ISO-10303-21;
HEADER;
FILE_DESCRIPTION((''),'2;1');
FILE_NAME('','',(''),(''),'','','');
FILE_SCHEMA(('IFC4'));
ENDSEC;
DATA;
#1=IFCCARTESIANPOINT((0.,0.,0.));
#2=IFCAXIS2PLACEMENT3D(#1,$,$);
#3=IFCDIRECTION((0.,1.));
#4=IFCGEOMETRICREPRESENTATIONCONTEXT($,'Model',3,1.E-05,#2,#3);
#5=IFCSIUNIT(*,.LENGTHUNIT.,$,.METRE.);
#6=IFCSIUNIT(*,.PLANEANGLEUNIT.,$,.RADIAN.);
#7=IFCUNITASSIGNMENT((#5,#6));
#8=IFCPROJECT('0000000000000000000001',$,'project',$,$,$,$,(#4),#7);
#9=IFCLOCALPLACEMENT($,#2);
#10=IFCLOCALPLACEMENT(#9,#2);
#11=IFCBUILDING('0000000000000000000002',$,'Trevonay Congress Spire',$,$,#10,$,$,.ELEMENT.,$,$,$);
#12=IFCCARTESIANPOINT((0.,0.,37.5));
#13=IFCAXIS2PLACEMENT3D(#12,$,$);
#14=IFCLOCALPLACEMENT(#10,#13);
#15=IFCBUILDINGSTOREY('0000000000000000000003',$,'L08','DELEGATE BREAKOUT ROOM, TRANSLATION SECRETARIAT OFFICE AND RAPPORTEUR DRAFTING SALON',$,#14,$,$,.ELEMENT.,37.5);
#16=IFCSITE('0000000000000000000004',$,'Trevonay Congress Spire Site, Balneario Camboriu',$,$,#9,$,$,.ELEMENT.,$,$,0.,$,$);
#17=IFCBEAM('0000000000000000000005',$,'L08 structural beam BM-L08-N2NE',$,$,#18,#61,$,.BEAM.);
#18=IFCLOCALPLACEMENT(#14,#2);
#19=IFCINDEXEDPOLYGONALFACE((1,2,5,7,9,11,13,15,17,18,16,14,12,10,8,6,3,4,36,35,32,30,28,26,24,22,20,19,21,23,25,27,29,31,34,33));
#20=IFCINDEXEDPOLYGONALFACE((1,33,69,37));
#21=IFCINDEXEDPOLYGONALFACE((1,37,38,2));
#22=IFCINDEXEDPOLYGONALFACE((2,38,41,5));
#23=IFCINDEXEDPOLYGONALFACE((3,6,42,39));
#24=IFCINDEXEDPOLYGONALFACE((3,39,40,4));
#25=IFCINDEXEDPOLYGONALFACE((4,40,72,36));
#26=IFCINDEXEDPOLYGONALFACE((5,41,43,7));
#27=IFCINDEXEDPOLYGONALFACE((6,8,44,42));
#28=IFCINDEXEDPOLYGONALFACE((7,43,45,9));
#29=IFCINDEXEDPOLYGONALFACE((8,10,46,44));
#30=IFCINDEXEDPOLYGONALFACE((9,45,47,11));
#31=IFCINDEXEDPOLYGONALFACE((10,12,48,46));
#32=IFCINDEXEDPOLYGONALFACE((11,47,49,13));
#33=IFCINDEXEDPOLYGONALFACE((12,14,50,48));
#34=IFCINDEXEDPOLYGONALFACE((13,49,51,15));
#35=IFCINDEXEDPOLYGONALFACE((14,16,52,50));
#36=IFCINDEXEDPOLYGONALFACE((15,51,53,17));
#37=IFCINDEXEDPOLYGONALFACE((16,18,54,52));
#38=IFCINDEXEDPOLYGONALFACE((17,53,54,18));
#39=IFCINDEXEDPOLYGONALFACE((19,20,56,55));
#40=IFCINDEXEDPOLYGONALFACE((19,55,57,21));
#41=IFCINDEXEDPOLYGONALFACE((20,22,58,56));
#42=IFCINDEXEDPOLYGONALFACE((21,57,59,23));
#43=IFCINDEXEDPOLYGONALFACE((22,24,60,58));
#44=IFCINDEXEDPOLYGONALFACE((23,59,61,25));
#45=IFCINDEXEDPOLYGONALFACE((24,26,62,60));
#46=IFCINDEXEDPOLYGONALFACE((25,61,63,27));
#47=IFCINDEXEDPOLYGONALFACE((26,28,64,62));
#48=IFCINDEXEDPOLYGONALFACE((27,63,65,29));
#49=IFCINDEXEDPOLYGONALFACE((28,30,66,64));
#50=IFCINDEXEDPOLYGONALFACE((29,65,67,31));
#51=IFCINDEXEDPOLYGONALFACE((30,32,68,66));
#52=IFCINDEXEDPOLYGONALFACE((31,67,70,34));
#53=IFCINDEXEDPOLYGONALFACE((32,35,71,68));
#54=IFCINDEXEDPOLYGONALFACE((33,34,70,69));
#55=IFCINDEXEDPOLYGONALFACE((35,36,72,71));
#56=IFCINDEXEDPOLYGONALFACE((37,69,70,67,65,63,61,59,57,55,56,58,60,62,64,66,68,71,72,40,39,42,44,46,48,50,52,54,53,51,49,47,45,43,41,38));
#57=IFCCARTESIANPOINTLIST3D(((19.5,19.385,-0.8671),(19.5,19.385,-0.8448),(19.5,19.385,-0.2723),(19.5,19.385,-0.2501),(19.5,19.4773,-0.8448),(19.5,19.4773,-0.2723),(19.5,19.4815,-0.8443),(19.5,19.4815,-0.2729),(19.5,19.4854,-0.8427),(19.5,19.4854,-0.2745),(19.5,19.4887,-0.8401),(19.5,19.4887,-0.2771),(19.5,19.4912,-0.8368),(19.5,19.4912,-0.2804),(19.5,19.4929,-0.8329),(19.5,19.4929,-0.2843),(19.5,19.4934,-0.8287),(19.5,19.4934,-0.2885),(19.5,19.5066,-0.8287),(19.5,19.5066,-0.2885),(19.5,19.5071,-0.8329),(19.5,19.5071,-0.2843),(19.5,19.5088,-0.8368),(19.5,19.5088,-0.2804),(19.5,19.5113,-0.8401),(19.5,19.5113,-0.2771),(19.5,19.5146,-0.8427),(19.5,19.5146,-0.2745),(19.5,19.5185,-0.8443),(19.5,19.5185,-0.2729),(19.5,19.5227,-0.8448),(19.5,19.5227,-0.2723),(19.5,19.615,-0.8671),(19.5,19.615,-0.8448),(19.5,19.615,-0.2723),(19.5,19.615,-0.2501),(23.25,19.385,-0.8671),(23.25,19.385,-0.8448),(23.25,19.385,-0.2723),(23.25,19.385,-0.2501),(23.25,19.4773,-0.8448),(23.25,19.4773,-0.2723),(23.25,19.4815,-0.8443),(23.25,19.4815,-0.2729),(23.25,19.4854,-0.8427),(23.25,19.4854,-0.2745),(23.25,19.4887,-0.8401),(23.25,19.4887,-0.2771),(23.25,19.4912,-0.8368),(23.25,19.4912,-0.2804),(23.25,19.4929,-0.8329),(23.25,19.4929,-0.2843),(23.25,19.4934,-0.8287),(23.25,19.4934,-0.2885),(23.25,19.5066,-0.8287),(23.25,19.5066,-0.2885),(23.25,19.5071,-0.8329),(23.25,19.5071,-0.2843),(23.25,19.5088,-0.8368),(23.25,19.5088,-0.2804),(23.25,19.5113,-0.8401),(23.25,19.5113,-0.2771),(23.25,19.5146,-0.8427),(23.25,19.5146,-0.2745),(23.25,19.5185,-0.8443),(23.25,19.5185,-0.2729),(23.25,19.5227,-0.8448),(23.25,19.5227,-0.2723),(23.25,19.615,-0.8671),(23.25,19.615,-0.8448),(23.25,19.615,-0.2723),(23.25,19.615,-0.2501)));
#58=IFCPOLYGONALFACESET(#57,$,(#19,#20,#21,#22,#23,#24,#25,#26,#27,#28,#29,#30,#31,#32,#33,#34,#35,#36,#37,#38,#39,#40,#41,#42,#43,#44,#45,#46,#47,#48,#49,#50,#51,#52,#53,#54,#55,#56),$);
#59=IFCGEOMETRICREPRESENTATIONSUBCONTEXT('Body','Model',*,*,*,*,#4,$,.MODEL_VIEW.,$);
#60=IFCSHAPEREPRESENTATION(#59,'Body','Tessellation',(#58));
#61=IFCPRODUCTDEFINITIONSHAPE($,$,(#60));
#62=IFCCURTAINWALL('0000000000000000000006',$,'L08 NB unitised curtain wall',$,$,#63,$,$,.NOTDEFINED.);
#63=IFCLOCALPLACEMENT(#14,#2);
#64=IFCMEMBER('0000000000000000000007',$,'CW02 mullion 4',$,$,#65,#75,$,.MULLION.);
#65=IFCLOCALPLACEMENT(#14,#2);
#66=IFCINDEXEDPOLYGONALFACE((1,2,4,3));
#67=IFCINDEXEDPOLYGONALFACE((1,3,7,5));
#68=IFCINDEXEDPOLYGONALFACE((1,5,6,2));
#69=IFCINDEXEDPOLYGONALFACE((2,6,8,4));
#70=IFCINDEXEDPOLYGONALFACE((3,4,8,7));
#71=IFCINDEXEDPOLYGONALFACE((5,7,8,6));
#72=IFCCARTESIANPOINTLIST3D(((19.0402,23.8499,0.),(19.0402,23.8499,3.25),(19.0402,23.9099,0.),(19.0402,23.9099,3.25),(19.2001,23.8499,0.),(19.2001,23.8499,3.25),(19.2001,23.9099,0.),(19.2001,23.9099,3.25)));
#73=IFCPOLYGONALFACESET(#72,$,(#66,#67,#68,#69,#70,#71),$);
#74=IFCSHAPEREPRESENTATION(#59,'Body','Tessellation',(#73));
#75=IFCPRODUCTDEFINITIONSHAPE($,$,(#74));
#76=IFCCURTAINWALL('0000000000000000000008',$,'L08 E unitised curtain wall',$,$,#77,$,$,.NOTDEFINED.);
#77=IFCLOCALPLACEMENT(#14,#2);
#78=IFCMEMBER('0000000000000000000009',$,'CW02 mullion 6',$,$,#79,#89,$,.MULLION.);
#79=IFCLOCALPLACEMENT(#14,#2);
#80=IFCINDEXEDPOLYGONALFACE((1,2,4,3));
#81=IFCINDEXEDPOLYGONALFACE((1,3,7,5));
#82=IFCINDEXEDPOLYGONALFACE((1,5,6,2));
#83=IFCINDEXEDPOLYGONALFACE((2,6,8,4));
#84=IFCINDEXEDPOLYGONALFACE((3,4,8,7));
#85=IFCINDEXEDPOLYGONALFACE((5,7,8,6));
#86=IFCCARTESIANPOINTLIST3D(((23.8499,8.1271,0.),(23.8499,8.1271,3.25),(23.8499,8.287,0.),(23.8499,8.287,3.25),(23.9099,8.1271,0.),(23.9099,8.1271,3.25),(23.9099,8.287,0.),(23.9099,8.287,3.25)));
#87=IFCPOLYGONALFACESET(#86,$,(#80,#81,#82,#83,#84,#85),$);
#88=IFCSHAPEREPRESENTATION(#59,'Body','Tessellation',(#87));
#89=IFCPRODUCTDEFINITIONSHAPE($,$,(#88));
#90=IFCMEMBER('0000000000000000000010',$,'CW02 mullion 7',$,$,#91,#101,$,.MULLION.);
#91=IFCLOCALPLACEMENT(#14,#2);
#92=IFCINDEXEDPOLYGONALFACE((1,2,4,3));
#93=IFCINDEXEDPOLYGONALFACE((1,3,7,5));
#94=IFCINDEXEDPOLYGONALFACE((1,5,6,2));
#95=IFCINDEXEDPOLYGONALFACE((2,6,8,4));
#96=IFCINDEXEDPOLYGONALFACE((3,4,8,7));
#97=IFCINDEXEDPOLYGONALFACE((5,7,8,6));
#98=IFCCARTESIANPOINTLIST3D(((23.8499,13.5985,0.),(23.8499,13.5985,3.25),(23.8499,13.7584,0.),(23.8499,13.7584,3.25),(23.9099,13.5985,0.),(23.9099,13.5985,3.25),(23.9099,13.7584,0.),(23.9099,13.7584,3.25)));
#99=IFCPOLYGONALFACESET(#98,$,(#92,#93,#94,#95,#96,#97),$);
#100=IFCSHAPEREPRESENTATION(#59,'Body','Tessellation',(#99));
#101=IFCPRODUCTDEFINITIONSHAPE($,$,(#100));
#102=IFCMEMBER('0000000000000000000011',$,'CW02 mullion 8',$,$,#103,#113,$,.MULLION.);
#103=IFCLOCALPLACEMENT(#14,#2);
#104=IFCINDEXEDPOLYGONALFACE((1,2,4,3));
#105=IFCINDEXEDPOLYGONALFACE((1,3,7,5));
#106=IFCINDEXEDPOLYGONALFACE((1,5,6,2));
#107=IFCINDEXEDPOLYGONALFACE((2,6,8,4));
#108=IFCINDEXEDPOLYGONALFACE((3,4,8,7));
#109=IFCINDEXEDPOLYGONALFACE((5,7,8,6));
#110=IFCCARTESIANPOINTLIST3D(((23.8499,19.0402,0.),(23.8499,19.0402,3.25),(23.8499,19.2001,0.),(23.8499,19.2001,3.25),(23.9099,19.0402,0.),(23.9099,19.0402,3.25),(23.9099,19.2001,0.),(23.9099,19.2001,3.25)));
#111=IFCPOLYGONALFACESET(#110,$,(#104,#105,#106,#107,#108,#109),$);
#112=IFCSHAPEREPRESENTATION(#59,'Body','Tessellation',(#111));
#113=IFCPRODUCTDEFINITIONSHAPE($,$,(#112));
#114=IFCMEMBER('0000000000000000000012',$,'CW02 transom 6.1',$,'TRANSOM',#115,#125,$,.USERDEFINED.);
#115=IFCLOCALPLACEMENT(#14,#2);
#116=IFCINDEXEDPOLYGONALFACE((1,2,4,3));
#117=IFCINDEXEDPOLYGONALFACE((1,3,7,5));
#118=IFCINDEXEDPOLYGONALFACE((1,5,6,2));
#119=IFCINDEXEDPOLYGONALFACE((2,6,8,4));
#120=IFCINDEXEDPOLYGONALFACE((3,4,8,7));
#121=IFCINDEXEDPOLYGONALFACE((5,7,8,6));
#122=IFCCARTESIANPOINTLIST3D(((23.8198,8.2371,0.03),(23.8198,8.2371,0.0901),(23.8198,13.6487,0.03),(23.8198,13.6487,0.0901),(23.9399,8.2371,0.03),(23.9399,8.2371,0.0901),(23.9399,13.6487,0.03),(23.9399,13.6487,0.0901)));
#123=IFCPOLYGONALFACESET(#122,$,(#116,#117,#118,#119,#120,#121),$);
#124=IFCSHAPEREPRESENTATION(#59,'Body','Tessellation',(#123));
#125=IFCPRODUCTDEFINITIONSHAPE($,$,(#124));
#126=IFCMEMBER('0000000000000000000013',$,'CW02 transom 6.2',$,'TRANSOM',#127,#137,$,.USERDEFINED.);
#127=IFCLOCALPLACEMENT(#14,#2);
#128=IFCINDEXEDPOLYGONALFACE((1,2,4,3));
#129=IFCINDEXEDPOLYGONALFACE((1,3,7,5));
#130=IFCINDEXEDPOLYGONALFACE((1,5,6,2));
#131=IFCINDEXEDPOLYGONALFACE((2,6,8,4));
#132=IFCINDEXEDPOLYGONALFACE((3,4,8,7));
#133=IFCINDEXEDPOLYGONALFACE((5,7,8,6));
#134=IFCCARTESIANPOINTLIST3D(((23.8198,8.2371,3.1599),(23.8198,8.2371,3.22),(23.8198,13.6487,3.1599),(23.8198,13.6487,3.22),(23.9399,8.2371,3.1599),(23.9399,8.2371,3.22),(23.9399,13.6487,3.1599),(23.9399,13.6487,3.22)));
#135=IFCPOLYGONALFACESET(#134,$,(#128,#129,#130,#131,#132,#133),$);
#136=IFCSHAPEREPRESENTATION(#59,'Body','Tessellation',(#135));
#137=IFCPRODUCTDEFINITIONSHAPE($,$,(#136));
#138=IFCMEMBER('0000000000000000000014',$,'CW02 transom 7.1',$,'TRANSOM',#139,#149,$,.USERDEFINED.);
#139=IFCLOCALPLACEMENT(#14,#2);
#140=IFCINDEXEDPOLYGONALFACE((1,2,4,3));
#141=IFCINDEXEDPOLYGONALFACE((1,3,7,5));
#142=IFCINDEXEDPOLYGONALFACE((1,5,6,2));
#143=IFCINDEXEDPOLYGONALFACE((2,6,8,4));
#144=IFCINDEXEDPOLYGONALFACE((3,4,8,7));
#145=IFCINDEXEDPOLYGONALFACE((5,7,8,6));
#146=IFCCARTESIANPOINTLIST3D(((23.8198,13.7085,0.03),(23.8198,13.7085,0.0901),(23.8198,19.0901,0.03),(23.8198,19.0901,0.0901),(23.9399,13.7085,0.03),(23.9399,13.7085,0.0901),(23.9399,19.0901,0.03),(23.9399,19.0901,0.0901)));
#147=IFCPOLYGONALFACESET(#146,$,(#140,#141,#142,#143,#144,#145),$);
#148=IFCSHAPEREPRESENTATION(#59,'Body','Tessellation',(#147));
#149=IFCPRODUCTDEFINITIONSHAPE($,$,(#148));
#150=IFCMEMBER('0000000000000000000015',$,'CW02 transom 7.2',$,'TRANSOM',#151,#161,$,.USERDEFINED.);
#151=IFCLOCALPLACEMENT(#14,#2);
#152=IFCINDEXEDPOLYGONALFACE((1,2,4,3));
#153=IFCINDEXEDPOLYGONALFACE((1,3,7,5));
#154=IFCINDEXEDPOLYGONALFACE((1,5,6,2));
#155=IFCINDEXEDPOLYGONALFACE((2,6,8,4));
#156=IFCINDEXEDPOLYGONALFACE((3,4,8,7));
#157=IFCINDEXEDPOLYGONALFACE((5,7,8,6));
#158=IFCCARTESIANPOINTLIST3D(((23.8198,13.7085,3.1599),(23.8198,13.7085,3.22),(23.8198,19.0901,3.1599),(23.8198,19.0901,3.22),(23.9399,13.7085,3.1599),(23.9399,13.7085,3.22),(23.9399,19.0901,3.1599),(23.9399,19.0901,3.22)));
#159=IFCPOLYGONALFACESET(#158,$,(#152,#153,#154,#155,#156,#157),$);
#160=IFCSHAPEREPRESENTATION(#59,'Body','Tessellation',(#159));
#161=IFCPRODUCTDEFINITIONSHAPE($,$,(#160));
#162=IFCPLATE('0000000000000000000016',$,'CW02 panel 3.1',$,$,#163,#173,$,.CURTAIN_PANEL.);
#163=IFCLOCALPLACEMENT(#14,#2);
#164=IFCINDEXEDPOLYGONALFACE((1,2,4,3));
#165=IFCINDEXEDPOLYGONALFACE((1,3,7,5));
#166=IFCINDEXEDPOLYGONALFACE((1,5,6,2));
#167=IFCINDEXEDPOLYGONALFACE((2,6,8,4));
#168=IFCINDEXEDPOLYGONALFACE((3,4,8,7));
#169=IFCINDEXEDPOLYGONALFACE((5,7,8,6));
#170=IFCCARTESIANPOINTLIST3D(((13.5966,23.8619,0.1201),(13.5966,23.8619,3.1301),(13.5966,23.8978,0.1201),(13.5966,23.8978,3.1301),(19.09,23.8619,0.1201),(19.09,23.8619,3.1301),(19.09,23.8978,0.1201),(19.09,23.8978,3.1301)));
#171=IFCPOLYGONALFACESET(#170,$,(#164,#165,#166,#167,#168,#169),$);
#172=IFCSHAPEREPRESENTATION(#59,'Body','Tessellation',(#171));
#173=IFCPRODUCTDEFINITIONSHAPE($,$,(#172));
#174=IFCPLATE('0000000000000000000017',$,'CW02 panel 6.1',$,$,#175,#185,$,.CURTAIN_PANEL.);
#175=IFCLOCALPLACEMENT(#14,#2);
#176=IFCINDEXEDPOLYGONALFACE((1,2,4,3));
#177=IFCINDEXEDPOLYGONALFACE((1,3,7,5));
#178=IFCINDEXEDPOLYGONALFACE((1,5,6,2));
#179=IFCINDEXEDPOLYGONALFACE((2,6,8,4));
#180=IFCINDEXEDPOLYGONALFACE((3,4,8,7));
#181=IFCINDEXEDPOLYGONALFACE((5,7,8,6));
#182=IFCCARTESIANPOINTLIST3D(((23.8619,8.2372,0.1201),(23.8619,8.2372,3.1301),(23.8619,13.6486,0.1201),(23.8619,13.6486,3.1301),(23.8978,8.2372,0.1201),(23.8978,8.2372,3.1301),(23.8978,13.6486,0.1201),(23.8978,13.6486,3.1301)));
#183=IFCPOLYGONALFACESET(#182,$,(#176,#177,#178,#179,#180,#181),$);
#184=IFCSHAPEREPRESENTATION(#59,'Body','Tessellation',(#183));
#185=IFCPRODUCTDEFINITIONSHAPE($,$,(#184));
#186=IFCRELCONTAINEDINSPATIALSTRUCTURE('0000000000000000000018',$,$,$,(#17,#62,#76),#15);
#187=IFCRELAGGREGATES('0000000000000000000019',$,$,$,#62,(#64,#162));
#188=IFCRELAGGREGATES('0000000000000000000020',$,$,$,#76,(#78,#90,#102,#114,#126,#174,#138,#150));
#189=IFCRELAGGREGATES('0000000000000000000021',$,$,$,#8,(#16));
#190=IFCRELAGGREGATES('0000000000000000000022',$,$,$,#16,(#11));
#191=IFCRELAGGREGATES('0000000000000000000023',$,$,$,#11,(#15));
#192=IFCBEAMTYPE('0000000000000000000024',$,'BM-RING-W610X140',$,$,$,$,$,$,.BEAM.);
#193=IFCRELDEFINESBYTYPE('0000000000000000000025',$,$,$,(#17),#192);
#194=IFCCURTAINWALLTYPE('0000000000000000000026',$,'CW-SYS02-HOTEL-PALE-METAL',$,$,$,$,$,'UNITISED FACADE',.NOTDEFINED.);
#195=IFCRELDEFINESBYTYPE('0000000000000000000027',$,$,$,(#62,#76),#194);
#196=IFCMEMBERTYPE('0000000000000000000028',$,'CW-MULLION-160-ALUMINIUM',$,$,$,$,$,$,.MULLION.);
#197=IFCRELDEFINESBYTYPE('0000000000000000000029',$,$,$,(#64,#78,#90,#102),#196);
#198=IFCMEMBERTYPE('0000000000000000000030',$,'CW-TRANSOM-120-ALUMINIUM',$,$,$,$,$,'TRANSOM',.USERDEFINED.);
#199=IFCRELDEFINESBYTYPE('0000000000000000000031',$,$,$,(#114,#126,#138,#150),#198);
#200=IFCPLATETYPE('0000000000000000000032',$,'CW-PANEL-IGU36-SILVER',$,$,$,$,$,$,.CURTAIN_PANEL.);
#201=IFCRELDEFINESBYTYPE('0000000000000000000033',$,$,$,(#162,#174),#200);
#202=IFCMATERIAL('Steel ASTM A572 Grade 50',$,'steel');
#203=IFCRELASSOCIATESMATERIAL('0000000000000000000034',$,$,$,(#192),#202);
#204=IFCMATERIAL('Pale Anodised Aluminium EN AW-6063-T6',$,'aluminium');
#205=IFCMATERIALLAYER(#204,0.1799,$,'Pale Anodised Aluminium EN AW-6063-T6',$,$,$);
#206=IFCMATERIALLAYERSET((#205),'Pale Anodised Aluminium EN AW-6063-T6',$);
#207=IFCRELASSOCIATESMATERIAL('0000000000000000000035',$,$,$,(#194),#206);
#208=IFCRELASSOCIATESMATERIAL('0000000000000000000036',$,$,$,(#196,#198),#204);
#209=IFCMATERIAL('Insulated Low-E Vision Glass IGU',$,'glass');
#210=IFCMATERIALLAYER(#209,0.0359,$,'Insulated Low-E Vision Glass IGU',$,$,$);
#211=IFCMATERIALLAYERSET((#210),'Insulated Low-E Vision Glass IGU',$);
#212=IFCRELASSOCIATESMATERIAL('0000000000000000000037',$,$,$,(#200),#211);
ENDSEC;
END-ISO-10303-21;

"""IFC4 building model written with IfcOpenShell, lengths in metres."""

from ifc_helpers import new_model, si_unit, direction, frame, origin, origin_2d, place, context, subcontext, project, spatial, rectangle, i_section, extrude, material, layer, layer_set, material_profile, profile_set, type_object, element, aggregate, save


model = new_model("IFC4")

# Units and contexts
model_context = context("Model", 3, precision=1e-05, world=origin(), true_north=direction((0.0, 1.0)))
body_context = subcontext(model_context, "Body", "Model", "MODEL_VIEW")
ifc_project = project(units=[si_unit("LENGTHUNIT", "METRE"), si_unit("PLANEANGLEUNIT", "RADIAN")], contexts=[model_context])

# Site, building, storey
site_placement = place(None, origin())
site = spatial("IfcSite", under=ifc_project, at=site_placement, Name="Trevonay Congress Spire Site, Balneario Camboriu", CompositionType="ELEMENT", RefElevation=0.0)
building_placement = place(site_placement, origin())
building = spatial("IfcBuilding", under=site, at=building_placement, Name="Trevonay Congress Spire", CompositionType="ELEMENT")
storey_placement = place(building_placement, frame((0.0, 0.0, 37.5)))
storey = spatial("IfcBuildingStorey", under=building, at=storey_placement, Name="L08", Description="DELEGATE BREAKOUT ROOM, TRANSLATION SECRETARIAT OFFICE AND RAPPORTEUR DRAFTING SALON", CompositionType="ELEMENT", Elevation=37.5)

# Shared definitions
ifc_material_1 = material(Name="Steel ASTM A572 Grade 50", Category="steel")

# Beam
ifc_material_profile_1 = material_profile(ifc_material_1, i_section(OverallWidth=0.23, OverallDepth=0.6169, WebThickness=0.0132, FlangeThickness=0.0222, FilletRadius=0.0161, at=origin_2d()), Name="W610x140")
ifc_profile_set_1 = profile_set([ifc_material_profile_1], Name="Steel ASTM A572 Grade 50")
beam_type = type_object("IfcBeamType", Name="BM-RING-W610X140", PredefinedType="BEAM", material=ifc_profile_set_1)
for number, where, z_axis, x_axis, name in (
    (1, (23.25, 19.5, -0.5586), (-1.0, 0.0, 0.0), (0.0, -1.0, 0.0), "L08 structural beam BM-L08-N2NE"),
):
    element("IfcBeam", number, at=place(storey_placement, frame(where, z_axis=z_axis, x_axis=x_axis)), inside=storey, type_object=beam_type, Name=name, PredefinedType="BEAM", context=body_context, shape_type="SweptSolid", body=[
        extrude(i_section(OverallWidth=0.23, OverallDepth=0.6169, WebThickness=0.0132, FlangeThickness=0.0222, FilletRadius=0.0161, at=origin_2d()), origin(), (0.0, 0.0, 1.0), 3.75),
    ])

# Curtain wall, member
ifc_material_2 = material(Name="Pale Anodised Aluminium EN AW-6063-T6", Category="aluminium")
ifc_layer_1 = layer(ifc_material_2, 0.1799, Name="Pale Anodised Aluminium EN AW-6063-T6")
ifc_layer_set_1 = layer_set([ifc_layer_1], Name="Pale Anodised Aluminium EN AW-6063-T6")
curtain_wall_type = type_object("IfcCurtainWallType", Name="CW-SYS02-HOTEL-PALE-METAL", ElementType="UNITISED FACADE", PredefinedType="NOTDEFINED", material=ifc_layer_set_1)
curtain_wall_1_placement = place(storey_placement, origin())
curtain_wall_1 = element("IfcCurtainWall", 2, at=curtain_wall_1_placement, inside=storey, type_object=curtain_wall_type, Name="L08 NB unitised curtain wall", PredefinedType="NOTDEFINED")
ifc_material_profile_2 = material_profile(ifc_material_2, rectangle(XDim=0.0601, YDim=0.1599, at=origin_2d()), Name="CW-MULLION-160-ALUMINIUM")
ifc_profile_set_2 = profile_set([ifc_material_profile_2], Name="Pale Anodised Aluminium EN AW-6063-T6")
member_type_1 = type_object("IfcMemberType", Name="CW-MULLION-160-ALUMINIUM", PredefinedType="MULLION", material=ifc_profile_set_2)
member_1_placement = place(storey_placement, frame((19.1201, 23.8799, 0.0), z_axis=(0.0, 0.0, 1.0), x_axis=(0.0, 1.0, 0.0)))
member_1 = element("IfcMember", 3, at=member_1_placement, type_object=member_type_1, Name="CW02 mullion 4", PredefinedType="MULLION", context=body_context, shape_type="SweptSolid", body=[
    extrude(rectangle(XDim=0.0601, YDim=0.1599, at=origin_2d()), origin(), (0.0, 0.0, 1.0), 3.25),
])

# Curtain wall, members
curtain_wall_2_placement = place(storey_placement, origin())
curtain_wall_2 = element("IfcCurtainWall", 4, at=curtain_wall_2_placement, inside=storey, type_object=curtain_wall_type, Name="L08 E unitised curtain wall", PredefinedType="NOTDEFINED")
member_2_placement = place(storey_placement, frame((23.8799, 8.207, 0.0), z_axis=(0.0, 0.0, 1.0), x_axis=(-1.0, 0.0, 0.0)))
member_2 = element("IfcMember", 5, at=member_2_placement, type_object=member_type_1, Name="CW02 mullion 6", PredefinedType="MULLION", context=body_context, shape_type="SweptSolid", body=[
    extrude(rectangle(XDim=0.0601, YDim=0.1599, at=origin_2d()), origin(), (0.0, 0.0, 1.0), 3.25),
])
member_3_placement = place(storey_placement, frame((23.8799, 13.6785, 0.0), z_axis=(0.0, 0.0, 1.0), x_axis=(-1.0, 0.0, 0.0)))
member_3 = element("IfcMember", 6, at=member_3_placement, type_object=member_type_1, Name="CW02 mullion 7", PredefinedType="MULLION", context=body_context, shape_type="SweptSolid", body=[
    extrude(rectangle(XDim=0.0601, YDim=0.1599, at=origin_2d()), origin(), (0.0, 0.0, 1.0), 3.25),
])
member_4_placement = place(storey_placement, frame((23.8799, 19.1201, 0.0), z_axis=(0.0, 0.0, 1.0), x_axis=(-1.0, 0.0, 0.0)))
member_4 = element("IfcMember", 7, at=member_4_placement, type_object=member_type_1, Name="CW02 mullion 8", PredefinedType="MULLION", context=body_context, shape_type="SweptSolid", body=[
    extrude(rectangle(XDim=0.0601, YDim=0.1599, at=origin_2d()), origin(), (0.0, 0.0, 1.0), 3.25),
])
ifc_material_profile_3 = material_profile(ifc_material_2, rectangle(XDim=0.1201, YDim=0.0601, at=origin_2d()), Name="CW-TRANSOM-120-ALUMINIUM")
ifc_profile_set_3 = profile_set([ifc_material_profile_3], Name="Pale Anodised Aluminium EN AW-6063-T6")
member_type_2 = type_object("IfcMemberType", Name="CW-TRANSOM-120-ALUMINIUM", ElementType="TRANSOM", PredefinedType="USERDEFINED", material=ifc_profile_set_3)
member_5_placement = place(storey_placement, frame((23.8799, 8.2371, 0.0601), z_axis=(0.0, 1.0, 0.0), x_axis=(-1.0, 0.0, 0.0)))
member_5 = element("IfcMember", 8, at=member_5_placement, type_object=member_type_2, Name="CW02 transom 6.1", ObjectType="TRANSOM", PredefinedType="USERDEFINED", context=body_context, shape_type="SweptSolid", body=[
    extrude(rectangle(XDim=0.1201, YDim=0.0601, at=origin_2d()), origin(), (0.0, 0.0, 1.0), 5.4116),
])
member_6_placement = place(storey_placement, frame((23.8799, 8.2371, 3.1899), z_axis=(0.0, 1.0, 0.0), x_axis=(-1.0, 0.0, 0.0)))
member_6 = element("IfcMember", 9, at=member_6_placement, type_object=member_type_2, Name="CW02 transom 6.2", ObjectType="TRANSOM", PredefinedType="USERDEFINED", context=body_context, shape_type="SweptSolid", body=[
    extrude(rectangle(XDim=0.1201, YDim=0.0601, at=origin_2d()), origin(), (0.0, 0.0, 1.0), 5.4116),
])
member_7_placement = place(storey_placement, frame((23.8799, 13.7085, 0.0601), z_axis=(0.0, 1.0, 0.0), x_axis=(-1.0, 0.0, 0.0)))
member_7 = element("IfcMember", 10, at=member_7_placement, type_object=member_type_2, Name="CW02 transom 7.1", ObjectType="TRANSOM", PredefinedType="USERDEFINED", context=body_context, shape_type="SweptSolid", body=[
    extrude(rectangle(XDim=0.1201, YDim=0.0601, at=origin_2d()), origin(), (0.0, 0.0, 1.0), 5.3816),
])
member_8_placement = place(storey_placement, frame((23.8799, 13.7085, 3.1899), z_axis=(0.0, 1.0, 0.0), x_axis=(-1.0, 0.0, 0.0)))
member_8 = element("IfcMember", 11, at=member_8_placement, type_object=member_type_2, Name="CW02 transom 7.2", ObjectType="TRANSOM", PredefinedType="USERDEFINED", context=body_context, shape_type="SweptSolid", body=[
    extrude(rectangle(XDim=0.1201, YDim=0.0601, at=origin_2d()), origin(), (0.0, 0.0, 1.0), 5.3816),
])

# Plates
ifc_material_3 = material(Name="Insulated Low-E Vision Glass IGU", Category="glass")
ifc_layer_2 = layer(ifc_material_3, 0.0359, Name="Insulated Low-E Vision Glass IGU")
ifc_layer_set_2 = layer_set([ifc_layer_2], Name="Insulated Low-E Vision Glass IGU")
plate_type = type_object("IfcPlateType", Name="CW-PANEL-IGU36-SILVER", PredefinedType="CURTAIN_PANEL", material=ifc_layer_set_2)
plate_1_placement = place(storey_placement, frame((16.3433, 23.8799, 0.1201), z_axis=(0.0, 0.0, 1.0), x_axis=(1.0, 0.0, 0.0)))
plate_1 = element("IfcPlate", 12, at=plate_1_placement, type_object=plate_type, Name="CW02 panel 3.1", PredefinedType="CURTAIN_PANEL", context=body_context, shape_type="SweptSolid", body=[
    extrude(rectangle(XDim=5.4934, YDim=0.0359, at=origin_2d()), origin(), (0.0, 0.0, 1.0), 3.01),
])
aggregate(curtain_wall_1, [member_1, plate_1])
plate_2_placement = place(storey_placement, frame((23.8799, 10.9429, 0.1201), z_axis=(0.0, 0.0, 1.0), x_axis=(0.0, 1.0, 0.0)))
plate_2 = element("IfcPlate", 13, at=plate_2_placement, type_object=plate_type, Name="CW02 panel 6.1", PredefinedType="CURTAIN_PANEL", context=body_context, shape_type="SweptSolid", body=[
    extrude(rectangle(XDim=5.4114, YDim=0.0359, at=origin_2d()), origin(), (0.0, 0.0, 1.0), 3.01),
])
aggregate(curtain_wall_2, [member_2, member_3, member_4, member_5, member_6, plate_2, member_7, member_8])

save(model, "model.ifc")
